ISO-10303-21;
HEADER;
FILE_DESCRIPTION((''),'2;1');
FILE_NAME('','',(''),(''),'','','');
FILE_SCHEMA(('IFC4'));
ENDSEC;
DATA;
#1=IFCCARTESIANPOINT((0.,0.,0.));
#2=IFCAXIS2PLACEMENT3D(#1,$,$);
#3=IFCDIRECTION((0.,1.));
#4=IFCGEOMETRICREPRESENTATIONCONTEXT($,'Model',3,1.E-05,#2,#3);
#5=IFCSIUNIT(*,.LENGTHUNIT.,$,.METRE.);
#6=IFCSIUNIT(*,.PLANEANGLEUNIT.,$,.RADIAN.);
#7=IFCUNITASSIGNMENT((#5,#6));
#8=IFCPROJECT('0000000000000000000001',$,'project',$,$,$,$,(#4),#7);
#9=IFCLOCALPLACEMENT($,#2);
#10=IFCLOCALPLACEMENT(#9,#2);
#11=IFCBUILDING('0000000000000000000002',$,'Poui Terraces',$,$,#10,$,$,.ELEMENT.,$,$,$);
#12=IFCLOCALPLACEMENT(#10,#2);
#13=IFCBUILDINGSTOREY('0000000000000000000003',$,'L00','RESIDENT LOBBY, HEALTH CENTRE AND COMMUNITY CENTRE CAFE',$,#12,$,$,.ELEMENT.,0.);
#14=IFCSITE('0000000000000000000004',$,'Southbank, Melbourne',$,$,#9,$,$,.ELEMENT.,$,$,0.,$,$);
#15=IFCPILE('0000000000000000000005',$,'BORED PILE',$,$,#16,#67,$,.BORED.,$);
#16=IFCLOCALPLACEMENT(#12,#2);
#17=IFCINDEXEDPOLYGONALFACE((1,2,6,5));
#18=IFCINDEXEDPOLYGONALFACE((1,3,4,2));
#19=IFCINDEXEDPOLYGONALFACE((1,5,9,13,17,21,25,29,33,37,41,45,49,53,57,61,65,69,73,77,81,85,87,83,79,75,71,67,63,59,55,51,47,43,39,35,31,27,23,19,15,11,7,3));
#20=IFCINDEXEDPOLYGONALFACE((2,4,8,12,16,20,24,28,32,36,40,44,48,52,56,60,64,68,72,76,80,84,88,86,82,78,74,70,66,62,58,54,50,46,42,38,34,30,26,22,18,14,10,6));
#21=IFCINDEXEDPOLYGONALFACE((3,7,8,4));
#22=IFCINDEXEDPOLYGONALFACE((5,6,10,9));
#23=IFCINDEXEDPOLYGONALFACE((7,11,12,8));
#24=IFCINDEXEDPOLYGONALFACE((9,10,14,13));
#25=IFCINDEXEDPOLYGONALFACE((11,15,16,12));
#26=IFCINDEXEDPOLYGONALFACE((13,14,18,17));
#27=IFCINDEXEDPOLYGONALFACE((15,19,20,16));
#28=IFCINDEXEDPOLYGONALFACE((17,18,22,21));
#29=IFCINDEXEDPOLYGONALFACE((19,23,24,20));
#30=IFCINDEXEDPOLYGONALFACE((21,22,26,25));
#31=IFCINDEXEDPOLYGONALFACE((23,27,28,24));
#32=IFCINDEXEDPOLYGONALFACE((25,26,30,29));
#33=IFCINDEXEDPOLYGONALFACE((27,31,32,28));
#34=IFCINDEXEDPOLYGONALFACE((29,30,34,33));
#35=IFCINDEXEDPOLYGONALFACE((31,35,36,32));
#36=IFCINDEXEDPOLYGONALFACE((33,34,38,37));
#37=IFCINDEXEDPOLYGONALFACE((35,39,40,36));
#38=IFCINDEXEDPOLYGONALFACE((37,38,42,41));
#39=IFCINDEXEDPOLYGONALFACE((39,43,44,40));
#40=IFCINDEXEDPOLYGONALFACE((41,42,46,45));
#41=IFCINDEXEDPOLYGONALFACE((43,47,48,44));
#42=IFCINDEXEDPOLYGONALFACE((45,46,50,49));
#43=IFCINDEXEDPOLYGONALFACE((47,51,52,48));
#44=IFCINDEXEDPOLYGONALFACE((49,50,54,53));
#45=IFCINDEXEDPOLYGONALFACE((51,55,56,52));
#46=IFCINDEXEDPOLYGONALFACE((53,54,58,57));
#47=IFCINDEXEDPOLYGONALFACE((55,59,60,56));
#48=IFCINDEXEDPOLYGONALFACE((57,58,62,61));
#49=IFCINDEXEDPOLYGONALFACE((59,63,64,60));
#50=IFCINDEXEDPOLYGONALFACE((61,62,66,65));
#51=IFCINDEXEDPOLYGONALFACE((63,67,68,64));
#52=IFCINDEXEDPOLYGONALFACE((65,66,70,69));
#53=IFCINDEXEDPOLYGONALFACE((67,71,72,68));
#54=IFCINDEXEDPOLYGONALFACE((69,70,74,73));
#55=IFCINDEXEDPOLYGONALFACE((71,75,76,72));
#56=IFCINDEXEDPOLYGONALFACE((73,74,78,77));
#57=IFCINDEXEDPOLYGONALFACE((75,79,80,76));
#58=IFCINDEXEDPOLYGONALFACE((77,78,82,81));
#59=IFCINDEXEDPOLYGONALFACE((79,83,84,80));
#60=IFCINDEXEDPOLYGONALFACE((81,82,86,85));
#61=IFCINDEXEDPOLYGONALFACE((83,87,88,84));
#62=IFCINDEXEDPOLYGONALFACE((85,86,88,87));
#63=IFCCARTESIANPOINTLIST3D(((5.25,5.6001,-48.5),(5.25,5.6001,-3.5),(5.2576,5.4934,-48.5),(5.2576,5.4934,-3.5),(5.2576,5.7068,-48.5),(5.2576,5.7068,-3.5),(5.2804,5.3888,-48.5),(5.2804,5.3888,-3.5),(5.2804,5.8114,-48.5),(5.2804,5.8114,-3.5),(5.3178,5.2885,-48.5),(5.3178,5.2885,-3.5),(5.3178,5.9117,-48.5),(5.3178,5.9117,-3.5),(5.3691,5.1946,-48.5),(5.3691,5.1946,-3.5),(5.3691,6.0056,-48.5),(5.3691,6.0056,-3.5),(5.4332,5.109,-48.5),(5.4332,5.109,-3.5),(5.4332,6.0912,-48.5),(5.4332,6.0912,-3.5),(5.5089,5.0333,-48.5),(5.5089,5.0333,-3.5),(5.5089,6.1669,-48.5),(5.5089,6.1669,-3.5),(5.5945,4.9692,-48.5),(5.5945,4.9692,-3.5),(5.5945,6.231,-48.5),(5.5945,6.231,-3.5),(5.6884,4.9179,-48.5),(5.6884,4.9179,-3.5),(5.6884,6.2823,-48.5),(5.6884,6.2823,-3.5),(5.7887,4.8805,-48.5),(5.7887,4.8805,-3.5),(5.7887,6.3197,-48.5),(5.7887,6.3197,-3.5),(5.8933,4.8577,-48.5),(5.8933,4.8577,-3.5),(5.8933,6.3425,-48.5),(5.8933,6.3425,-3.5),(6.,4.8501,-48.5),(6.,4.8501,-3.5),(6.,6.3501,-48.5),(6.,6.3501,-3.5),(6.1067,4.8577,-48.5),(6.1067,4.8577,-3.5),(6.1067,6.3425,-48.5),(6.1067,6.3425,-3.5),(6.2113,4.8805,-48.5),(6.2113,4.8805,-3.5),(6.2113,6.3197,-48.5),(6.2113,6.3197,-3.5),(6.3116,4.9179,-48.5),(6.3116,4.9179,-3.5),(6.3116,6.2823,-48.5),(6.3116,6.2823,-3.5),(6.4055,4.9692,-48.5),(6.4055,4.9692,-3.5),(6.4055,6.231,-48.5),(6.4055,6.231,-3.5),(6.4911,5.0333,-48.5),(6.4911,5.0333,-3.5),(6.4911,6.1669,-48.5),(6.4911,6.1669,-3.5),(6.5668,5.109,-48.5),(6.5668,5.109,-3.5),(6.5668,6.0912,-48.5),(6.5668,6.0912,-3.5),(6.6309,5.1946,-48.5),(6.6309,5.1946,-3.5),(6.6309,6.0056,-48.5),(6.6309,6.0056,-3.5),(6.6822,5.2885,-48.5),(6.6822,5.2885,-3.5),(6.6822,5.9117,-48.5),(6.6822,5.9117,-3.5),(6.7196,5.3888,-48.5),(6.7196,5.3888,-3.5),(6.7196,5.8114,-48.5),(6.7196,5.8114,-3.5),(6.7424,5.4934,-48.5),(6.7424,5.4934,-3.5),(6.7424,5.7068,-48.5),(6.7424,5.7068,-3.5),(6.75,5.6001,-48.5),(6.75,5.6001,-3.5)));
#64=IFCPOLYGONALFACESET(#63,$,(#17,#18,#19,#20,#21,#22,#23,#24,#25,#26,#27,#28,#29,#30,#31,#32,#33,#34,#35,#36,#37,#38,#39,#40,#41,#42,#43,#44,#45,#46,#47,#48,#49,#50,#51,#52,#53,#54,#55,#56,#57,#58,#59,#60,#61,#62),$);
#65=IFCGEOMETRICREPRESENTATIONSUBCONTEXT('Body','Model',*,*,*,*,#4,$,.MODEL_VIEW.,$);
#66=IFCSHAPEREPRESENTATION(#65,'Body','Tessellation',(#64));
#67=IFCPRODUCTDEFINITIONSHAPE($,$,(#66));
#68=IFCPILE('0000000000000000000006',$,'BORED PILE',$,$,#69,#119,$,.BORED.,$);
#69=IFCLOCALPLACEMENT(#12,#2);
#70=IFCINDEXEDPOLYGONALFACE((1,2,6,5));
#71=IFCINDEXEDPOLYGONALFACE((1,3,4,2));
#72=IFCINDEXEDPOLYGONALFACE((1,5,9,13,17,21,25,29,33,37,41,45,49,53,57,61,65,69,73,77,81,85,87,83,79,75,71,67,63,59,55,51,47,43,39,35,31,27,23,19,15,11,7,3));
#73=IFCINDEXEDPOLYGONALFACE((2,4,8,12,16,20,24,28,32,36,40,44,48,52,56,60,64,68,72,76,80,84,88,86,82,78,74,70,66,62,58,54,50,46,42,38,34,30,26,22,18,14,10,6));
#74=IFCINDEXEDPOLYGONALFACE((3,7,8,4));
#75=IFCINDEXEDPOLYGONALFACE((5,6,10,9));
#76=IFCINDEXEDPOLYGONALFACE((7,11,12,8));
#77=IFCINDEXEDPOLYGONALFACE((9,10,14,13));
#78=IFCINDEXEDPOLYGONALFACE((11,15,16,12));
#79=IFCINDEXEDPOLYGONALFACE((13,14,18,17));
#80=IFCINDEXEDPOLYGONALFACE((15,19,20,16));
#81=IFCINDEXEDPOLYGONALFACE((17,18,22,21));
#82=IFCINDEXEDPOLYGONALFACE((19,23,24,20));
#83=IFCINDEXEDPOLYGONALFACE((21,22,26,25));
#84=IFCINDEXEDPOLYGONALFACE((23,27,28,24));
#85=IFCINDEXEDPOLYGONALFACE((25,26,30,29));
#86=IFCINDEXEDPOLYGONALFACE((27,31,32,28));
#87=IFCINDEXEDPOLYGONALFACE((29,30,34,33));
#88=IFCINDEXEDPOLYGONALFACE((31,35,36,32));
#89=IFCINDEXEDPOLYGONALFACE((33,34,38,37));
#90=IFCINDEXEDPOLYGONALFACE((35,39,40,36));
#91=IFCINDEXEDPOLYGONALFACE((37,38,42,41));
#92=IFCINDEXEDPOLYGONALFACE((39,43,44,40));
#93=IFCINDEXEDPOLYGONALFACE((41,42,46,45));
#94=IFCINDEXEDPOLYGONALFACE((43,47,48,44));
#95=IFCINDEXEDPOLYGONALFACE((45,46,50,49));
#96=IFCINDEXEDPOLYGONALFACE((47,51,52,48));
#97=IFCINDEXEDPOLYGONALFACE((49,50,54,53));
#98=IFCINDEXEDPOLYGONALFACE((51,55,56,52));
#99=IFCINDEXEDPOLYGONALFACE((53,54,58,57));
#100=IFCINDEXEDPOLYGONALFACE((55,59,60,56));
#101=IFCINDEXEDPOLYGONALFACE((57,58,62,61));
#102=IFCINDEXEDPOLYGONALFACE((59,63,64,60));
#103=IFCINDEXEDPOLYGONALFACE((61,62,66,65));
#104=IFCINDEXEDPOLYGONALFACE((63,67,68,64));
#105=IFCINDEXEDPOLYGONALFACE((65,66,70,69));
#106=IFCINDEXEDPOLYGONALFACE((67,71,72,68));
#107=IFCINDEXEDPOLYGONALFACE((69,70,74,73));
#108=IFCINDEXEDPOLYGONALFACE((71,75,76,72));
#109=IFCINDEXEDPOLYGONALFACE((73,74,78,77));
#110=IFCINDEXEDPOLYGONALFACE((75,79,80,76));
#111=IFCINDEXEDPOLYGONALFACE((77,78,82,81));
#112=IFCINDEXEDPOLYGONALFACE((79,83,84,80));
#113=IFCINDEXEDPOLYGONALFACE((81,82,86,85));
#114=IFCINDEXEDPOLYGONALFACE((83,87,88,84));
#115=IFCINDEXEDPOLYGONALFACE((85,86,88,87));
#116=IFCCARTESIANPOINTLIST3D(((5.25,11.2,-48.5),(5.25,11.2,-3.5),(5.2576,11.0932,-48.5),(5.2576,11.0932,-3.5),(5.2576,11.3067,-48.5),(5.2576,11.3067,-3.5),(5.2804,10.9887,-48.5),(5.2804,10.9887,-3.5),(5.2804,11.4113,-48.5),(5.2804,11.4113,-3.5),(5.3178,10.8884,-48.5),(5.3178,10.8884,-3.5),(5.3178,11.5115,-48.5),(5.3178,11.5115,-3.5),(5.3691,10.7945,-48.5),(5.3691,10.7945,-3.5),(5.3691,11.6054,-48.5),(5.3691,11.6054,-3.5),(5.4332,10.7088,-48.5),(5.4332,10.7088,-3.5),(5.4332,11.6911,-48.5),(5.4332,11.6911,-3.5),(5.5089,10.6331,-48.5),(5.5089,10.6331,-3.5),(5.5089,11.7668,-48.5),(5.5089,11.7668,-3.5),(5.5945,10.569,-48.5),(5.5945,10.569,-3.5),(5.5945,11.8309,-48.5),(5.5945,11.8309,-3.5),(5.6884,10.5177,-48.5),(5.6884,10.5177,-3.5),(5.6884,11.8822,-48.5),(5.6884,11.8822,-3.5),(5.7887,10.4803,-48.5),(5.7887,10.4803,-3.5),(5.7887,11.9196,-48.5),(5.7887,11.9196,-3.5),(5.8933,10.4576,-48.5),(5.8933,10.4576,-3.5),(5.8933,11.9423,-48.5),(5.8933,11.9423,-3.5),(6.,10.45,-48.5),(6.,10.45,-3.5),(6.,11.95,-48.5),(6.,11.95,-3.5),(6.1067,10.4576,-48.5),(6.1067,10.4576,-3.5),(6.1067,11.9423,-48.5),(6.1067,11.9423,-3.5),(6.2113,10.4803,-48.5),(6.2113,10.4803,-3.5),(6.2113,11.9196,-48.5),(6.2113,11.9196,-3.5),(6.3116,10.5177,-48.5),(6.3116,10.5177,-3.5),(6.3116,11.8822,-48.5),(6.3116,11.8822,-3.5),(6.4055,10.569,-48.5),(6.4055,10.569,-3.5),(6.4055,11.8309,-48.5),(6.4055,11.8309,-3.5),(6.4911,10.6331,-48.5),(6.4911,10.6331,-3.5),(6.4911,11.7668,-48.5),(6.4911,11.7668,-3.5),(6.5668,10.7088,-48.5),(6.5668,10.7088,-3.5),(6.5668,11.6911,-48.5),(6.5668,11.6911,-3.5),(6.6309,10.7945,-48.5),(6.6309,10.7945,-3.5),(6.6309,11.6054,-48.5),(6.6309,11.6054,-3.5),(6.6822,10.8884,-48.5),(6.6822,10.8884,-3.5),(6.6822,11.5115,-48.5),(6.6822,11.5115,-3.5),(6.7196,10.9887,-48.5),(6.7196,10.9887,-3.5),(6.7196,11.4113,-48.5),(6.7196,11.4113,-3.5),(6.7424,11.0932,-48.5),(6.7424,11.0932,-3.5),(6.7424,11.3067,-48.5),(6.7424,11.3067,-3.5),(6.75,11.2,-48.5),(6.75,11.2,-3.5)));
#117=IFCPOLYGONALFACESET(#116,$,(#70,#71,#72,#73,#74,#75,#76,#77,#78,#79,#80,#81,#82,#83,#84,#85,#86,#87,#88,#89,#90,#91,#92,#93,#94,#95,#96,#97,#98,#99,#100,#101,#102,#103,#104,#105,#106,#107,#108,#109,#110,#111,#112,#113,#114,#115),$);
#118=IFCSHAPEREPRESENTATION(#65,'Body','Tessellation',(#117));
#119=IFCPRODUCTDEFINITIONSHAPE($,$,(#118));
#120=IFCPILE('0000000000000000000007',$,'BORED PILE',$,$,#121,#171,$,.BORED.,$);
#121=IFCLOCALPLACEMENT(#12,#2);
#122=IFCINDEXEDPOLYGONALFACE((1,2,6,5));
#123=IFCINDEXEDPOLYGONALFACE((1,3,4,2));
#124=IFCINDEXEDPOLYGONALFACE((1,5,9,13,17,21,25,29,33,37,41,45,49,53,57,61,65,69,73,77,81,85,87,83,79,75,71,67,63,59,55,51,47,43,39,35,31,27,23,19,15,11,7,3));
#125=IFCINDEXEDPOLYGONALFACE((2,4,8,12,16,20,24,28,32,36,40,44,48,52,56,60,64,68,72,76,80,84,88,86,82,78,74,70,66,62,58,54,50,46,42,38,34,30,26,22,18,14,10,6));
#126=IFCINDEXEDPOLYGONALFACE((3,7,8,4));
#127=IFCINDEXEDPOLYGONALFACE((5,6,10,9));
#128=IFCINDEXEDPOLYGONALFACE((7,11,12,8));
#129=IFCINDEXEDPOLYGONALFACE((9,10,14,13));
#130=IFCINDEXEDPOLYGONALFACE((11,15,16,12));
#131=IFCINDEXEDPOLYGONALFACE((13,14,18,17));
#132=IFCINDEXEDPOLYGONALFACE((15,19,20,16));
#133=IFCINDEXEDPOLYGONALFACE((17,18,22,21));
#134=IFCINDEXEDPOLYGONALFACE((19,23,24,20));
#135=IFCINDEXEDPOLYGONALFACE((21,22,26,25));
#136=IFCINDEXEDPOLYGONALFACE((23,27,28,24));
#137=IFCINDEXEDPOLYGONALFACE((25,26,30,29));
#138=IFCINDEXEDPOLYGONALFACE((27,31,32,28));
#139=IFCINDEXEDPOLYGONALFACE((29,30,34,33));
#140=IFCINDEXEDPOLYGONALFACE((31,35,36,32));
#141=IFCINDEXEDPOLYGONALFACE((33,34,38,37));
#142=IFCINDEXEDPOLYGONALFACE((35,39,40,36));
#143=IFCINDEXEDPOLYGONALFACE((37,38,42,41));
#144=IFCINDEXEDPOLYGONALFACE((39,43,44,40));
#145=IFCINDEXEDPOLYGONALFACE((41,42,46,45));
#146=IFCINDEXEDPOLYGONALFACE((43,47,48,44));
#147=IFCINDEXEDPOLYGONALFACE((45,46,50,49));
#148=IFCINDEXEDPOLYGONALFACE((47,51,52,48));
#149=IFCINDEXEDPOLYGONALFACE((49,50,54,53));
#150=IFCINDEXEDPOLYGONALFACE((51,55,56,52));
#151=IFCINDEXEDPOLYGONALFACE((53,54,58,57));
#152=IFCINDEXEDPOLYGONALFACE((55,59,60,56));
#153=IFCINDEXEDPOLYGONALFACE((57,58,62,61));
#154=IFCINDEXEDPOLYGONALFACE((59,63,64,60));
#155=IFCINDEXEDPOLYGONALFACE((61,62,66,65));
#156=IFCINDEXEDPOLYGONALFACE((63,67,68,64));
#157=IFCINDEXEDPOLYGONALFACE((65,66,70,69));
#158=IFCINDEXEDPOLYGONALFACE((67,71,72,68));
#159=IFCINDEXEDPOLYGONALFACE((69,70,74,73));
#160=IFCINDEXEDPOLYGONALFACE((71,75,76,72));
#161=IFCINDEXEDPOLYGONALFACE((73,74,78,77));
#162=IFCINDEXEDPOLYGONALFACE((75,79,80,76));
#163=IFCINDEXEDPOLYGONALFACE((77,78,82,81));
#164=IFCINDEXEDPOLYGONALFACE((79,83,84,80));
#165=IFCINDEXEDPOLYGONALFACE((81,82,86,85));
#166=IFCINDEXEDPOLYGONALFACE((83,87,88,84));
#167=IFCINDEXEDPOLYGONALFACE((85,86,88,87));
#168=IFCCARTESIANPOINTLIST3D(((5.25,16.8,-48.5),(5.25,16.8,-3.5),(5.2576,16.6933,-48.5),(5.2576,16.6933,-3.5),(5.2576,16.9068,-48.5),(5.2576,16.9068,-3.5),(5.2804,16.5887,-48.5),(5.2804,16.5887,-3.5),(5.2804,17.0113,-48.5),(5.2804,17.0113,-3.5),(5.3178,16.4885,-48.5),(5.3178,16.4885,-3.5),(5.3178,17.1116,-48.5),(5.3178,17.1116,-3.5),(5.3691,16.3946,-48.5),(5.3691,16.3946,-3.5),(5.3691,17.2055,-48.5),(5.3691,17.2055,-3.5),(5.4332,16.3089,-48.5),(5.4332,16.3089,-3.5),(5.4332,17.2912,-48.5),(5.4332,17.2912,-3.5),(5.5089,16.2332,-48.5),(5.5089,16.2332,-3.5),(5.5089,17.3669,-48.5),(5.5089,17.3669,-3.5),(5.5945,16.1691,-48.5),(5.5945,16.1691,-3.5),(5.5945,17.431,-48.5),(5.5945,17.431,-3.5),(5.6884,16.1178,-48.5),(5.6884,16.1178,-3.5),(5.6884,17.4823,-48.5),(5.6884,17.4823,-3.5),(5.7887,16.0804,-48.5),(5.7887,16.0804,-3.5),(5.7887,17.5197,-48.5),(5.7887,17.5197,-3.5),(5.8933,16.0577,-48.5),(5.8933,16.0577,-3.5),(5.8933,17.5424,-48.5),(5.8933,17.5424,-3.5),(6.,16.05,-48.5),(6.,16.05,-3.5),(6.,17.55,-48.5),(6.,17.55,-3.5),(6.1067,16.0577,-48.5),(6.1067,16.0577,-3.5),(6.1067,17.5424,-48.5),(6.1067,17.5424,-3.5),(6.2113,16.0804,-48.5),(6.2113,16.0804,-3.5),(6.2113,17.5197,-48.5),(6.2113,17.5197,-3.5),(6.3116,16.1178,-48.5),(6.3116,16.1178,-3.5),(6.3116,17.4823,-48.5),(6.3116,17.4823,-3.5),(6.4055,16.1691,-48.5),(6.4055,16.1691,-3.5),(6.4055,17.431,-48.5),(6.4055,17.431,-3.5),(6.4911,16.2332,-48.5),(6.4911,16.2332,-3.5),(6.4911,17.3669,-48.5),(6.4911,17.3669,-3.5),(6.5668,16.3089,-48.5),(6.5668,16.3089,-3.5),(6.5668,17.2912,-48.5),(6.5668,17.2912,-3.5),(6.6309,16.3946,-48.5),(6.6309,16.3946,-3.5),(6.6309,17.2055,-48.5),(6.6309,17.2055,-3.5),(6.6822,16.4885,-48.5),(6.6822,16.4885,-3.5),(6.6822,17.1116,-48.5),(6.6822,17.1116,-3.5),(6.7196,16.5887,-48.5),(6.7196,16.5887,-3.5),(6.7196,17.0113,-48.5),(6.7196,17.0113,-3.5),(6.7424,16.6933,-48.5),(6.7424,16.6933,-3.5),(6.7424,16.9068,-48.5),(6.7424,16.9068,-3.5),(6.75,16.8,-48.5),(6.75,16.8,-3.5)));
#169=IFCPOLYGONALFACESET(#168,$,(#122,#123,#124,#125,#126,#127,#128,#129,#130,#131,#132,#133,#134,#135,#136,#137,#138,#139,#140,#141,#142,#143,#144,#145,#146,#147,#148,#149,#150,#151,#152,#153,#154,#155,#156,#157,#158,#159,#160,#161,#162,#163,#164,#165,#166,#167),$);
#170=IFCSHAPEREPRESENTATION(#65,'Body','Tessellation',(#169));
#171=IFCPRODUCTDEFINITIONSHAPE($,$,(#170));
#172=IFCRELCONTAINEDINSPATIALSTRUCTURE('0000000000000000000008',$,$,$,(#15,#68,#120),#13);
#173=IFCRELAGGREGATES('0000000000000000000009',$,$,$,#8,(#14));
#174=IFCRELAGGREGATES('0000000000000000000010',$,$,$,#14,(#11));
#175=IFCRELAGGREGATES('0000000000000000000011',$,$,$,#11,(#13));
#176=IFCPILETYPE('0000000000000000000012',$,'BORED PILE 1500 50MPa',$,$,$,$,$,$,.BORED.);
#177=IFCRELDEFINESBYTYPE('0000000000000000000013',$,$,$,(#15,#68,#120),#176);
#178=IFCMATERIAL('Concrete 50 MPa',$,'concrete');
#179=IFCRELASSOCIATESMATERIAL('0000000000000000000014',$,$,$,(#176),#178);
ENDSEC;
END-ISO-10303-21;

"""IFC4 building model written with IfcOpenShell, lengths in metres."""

from ifc_helpers import new_model, si_unit, direction, frame, origin, origin_2d, place, context, subcontext, project, spatial, circle, extrude, material, material_profile, profile_set, type_object, element, save


model = new_model("IFC4")

# Units and contexts
model_context = context("Model", 3, precision=1e-05, world=origin(), true_north=direction((0.0, 1.0)))
body_context = subcontext(model_context, "Body", "Model", "MODEL_VIEW")
ifc_project = project(units=[si_unit("LENGTHUNIT", "METRE"), si_unit("PLANEANGLEUNIT", "RADIAN")], contexts=[model_context])

# Site, building, storey
site_placement = place(None, origin())
site = spatial("IfcSite", under=ifc_project, at=site_placement, Name="Southbank, Melbourne", CompositionType="ELEMENT", RefElevation=0.0)
building_placement = place(site_placement, origin())
building = spatial("IfcBuilding", under=site, at=building_placement, Name="Poui Terraces", CompositionType="ELEMENT")
storey_placement = place(building_placement, origin())
storey = spatial("IfcBuildingStorey", under=building, at=storey_placement, Name="L00", Description="RESIDENT LOBBY, HEALTH CENTRE AND COMMUNITY CENTRE CAFE", CompositionType="ELEMENT", Elevation=0.0)

# Piles
ifc_material_1 = material(Name="Concrete 50 MPa", Category="concrete")
ifc_material_profile_1 = material_profile(ifc_material_1, circle(Radius=0.75, at=origin_2d()), Name="RC D1500")
ifc_profile_set_1 = profile_set([ifc_material_profile_1], Name="Concrete 50 MPa")
pile_type = type_object("IfcPileType", Name="BORED PILE 1500 50MPa", PredefinedType="BORED", material=ifc_profile_set_1)
for number, where, z_axis, x_axis, name in (
    (1, (6.0, 5.6001, -3.5), (0.0, 0.0, -1.0), (1.0, 0.0, 0.0), "BORED PILE"),
    (2, (6.0, 11.2, -3.5), (0.0, 0.0, -1.0), (1.0, 0.0, 0.0), "BORED PILE"),
    (3, (6.0, 16.8, -3.5), (0.0, 0.0, -1.0), (1.0, 0.0, 0.0), "BORED PILE"),
):
    element("IfcPile", number, at=place(storey_placement, frame(where, z_axis=z_axis, x_axis=x_axis)), inside=storey, type_object=pile_type, Name=name, PredefinedType="BORED", context=body_context, shape_type="SweptSolid", body=[
        extrude(circle(Radius=0.75, at=origin_2d()), origin(), (0.0, 0.0, 1.0), 45.0),
    ])

save(model, "model.ifc")
